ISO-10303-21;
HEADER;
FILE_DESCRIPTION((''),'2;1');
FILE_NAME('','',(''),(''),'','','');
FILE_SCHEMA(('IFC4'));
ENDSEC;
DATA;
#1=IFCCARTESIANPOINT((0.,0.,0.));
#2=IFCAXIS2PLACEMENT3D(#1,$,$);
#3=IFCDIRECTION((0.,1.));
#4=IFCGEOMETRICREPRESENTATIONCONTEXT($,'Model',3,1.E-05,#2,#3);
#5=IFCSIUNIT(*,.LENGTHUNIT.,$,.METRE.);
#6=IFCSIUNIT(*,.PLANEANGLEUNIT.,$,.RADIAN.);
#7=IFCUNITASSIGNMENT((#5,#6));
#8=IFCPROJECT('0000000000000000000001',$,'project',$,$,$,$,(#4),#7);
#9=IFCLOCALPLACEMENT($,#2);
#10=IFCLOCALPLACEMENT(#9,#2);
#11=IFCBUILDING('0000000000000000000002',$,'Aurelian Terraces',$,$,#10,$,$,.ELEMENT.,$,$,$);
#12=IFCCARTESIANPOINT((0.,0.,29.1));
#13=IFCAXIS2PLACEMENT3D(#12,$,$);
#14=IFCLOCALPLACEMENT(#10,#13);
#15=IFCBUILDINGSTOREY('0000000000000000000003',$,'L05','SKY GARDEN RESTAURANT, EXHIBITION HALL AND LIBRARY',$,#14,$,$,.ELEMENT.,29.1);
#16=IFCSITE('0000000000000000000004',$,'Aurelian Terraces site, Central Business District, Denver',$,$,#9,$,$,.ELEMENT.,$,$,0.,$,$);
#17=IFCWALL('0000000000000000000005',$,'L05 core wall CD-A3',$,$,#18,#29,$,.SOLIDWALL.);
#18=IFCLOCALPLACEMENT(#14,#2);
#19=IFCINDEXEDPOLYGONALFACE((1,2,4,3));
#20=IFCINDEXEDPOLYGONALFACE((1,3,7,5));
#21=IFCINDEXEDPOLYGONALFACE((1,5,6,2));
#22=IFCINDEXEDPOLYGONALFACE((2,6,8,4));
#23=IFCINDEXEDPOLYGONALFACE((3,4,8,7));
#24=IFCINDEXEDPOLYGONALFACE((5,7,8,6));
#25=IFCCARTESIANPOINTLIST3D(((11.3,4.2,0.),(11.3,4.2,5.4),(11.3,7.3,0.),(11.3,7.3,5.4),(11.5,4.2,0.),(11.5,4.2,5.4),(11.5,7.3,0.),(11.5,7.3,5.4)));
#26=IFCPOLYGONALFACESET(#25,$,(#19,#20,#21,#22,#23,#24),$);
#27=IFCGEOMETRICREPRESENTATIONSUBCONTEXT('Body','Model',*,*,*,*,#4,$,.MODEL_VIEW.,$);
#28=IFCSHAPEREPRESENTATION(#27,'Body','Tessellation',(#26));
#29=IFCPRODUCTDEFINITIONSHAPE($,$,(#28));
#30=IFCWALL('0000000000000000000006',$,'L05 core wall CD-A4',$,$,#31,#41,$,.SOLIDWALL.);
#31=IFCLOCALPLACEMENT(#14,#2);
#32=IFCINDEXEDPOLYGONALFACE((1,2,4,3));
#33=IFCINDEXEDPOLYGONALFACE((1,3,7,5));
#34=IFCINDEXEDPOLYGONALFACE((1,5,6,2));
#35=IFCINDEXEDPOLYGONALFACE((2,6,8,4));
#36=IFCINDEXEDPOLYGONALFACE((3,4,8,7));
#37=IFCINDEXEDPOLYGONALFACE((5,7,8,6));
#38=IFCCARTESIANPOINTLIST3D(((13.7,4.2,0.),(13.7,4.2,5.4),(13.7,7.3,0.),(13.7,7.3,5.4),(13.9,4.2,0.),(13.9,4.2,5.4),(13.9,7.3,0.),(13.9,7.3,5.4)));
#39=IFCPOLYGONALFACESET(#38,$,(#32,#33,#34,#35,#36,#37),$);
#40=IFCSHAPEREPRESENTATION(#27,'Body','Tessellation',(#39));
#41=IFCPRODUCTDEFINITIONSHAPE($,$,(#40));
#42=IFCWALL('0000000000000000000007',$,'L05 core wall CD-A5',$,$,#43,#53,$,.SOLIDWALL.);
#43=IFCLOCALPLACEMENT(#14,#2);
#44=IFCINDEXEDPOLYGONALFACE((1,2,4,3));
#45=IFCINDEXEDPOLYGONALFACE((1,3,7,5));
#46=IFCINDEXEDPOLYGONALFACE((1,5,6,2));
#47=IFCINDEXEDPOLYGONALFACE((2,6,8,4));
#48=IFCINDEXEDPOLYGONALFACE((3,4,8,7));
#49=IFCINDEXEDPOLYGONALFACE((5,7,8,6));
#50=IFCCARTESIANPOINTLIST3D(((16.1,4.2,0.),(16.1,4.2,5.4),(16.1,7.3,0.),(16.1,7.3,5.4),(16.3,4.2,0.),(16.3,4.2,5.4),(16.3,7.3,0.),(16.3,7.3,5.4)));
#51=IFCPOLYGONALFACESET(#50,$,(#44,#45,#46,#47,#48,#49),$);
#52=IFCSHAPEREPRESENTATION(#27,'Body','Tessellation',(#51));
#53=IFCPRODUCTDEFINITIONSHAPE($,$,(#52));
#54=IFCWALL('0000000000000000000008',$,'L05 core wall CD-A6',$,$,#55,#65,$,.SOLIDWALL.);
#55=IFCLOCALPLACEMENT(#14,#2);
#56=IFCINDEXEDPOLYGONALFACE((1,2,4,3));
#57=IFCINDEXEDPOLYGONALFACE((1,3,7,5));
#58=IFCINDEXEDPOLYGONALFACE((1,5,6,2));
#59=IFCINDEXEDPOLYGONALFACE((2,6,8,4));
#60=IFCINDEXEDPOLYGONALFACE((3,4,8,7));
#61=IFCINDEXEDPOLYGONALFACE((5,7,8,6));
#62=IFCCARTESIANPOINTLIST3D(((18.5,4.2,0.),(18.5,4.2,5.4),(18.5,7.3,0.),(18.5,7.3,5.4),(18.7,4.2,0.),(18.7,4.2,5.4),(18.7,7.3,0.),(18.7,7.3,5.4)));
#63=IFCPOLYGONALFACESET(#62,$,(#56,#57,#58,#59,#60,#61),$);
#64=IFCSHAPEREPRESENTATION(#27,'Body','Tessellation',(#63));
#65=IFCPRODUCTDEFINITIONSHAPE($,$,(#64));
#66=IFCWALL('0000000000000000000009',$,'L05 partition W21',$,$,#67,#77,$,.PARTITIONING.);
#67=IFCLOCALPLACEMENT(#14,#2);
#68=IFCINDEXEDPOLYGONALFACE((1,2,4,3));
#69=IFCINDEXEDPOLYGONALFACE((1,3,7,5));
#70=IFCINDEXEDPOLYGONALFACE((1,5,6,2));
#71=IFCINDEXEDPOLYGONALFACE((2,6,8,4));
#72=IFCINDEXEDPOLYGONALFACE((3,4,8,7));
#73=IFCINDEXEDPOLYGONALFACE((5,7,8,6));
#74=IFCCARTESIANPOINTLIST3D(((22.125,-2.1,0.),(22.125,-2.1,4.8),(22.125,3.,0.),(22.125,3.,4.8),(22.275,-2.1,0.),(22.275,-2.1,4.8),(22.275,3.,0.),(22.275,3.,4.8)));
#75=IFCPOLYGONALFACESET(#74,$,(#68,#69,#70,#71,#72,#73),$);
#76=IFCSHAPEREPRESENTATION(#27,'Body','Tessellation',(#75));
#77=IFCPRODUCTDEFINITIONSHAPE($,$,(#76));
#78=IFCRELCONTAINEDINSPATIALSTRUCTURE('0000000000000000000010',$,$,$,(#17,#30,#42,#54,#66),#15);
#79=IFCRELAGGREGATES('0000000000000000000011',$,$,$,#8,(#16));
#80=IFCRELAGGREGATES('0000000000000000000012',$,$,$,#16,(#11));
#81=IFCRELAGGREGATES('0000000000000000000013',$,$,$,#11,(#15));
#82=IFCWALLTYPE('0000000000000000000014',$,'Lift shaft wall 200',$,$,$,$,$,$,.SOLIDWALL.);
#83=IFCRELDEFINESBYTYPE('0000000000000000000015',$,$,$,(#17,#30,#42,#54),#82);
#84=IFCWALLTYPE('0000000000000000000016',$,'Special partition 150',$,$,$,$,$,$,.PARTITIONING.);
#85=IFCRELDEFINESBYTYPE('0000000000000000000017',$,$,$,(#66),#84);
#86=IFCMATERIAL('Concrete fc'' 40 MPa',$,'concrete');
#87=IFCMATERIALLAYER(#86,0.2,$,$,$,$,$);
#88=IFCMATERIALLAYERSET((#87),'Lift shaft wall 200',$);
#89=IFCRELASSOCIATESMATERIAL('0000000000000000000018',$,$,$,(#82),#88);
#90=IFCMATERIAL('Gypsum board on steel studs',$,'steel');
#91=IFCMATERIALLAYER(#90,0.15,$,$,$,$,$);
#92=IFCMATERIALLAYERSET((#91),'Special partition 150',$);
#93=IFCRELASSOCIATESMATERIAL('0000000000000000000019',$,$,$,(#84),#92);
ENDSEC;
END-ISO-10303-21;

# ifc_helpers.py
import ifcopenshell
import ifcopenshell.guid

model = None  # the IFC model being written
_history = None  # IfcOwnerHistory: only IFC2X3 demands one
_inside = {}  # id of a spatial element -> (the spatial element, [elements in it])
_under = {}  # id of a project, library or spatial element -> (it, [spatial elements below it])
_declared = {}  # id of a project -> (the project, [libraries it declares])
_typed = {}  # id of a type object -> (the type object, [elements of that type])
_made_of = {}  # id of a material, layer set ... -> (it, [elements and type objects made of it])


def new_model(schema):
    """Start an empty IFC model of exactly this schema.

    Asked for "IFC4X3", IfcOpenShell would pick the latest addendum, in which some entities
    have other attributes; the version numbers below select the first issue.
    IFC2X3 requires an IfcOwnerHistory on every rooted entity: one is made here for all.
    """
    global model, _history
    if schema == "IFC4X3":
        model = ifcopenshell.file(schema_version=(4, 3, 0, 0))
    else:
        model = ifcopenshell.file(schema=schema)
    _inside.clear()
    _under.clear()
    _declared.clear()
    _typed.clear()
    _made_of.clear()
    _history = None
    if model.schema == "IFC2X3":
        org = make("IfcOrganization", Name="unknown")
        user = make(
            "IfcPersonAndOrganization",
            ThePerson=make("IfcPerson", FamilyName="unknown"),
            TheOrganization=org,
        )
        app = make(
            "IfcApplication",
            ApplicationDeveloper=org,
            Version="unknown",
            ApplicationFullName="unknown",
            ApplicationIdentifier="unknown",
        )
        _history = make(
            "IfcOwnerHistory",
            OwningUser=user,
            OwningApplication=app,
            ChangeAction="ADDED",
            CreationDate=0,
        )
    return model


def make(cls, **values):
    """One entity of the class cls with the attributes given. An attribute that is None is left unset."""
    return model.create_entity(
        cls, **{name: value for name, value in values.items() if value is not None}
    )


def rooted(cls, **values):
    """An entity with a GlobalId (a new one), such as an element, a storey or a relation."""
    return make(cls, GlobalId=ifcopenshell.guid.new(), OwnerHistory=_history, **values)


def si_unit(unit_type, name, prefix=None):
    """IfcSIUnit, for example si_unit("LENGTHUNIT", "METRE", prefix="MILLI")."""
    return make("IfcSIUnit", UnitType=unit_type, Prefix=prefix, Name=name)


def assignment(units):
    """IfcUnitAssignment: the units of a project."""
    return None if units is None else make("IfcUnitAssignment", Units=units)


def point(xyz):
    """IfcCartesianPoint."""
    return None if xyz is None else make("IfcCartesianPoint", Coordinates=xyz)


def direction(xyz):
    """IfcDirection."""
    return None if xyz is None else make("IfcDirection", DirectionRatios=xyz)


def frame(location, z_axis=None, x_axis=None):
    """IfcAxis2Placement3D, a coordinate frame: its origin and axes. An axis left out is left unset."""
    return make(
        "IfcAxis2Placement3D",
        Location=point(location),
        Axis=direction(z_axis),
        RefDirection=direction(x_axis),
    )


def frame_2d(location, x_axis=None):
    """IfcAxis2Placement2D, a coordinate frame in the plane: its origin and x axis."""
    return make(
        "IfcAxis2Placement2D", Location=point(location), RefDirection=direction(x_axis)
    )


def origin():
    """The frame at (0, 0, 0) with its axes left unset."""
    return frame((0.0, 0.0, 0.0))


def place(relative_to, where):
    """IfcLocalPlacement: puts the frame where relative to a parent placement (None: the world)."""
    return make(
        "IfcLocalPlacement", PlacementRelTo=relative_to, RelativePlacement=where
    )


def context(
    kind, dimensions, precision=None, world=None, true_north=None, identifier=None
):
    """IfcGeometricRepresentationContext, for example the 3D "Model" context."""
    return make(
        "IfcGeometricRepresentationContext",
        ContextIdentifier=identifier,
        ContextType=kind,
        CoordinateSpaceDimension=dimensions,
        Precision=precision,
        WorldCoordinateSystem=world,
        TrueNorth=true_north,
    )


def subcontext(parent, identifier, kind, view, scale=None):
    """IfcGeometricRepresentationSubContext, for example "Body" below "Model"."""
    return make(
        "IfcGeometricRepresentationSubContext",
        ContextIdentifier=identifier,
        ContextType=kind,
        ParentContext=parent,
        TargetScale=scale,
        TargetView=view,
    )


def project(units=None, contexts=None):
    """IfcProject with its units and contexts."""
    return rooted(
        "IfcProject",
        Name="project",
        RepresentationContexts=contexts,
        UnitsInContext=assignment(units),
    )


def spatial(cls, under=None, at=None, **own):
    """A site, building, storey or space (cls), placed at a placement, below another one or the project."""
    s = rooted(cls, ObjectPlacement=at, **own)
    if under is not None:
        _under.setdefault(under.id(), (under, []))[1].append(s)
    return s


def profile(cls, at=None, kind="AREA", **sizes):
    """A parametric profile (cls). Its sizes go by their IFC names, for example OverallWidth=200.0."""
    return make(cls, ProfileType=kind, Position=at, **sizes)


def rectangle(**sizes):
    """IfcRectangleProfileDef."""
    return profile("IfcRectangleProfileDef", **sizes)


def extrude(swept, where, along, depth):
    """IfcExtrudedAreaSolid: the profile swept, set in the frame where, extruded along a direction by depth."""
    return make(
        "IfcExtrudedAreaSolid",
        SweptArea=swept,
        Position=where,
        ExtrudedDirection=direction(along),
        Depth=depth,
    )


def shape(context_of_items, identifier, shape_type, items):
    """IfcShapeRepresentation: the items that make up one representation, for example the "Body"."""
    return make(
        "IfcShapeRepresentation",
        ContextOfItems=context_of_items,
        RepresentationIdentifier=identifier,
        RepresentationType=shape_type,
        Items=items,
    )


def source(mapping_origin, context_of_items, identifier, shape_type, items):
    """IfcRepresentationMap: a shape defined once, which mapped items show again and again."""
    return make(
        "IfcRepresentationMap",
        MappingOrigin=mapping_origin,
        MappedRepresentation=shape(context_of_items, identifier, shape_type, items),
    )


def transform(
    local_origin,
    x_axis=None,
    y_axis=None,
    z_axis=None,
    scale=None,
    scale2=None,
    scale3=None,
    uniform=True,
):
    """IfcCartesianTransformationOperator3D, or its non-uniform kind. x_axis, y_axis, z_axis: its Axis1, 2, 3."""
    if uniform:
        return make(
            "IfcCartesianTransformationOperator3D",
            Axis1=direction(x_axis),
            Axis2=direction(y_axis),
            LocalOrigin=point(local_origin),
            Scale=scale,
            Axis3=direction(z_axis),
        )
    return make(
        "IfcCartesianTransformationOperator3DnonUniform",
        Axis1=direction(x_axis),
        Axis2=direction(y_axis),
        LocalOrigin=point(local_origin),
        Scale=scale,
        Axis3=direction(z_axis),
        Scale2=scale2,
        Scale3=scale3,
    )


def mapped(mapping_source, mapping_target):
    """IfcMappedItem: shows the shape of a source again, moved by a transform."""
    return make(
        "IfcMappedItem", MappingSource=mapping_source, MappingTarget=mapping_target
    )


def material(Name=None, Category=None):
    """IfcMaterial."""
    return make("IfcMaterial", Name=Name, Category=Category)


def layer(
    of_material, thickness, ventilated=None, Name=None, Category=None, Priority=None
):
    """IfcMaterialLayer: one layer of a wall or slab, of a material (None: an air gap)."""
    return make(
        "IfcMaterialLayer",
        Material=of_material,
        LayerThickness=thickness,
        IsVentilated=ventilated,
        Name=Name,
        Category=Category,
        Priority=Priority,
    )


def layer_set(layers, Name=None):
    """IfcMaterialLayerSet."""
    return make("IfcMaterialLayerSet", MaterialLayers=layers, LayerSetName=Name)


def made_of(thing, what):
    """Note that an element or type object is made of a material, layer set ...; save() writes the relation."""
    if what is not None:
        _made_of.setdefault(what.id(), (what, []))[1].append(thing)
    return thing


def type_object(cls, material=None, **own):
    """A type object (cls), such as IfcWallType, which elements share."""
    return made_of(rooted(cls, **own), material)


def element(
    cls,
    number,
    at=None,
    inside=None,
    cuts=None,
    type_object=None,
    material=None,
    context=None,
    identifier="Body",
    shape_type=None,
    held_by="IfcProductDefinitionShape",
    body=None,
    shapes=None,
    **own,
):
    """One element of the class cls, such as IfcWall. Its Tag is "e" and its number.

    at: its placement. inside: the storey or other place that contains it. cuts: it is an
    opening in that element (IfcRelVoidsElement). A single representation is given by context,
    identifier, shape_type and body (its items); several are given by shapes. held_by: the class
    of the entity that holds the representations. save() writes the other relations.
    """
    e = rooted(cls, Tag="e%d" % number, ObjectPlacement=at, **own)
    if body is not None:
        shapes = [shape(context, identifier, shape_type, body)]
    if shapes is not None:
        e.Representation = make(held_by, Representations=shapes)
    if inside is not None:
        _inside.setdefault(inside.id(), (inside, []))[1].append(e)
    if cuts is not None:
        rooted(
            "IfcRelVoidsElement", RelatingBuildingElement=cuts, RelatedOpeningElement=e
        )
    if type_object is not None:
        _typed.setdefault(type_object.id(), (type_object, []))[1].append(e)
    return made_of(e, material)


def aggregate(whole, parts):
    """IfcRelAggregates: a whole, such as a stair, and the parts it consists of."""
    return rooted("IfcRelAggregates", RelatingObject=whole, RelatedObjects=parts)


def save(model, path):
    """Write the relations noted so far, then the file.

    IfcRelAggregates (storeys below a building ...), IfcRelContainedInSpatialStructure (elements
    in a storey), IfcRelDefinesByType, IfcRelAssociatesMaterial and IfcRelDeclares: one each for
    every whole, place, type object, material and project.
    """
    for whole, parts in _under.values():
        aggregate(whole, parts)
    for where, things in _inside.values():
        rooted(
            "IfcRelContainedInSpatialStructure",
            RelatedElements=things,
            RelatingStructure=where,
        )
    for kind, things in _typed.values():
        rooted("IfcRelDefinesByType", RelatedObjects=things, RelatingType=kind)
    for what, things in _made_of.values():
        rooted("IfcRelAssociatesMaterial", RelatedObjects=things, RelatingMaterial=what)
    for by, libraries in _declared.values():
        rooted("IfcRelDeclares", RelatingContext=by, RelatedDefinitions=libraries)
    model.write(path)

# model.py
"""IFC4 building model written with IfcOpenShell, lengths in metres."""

from ifc_helpers import new_model, si_unit, direction, frame, frame_2d, origin, place, context, subcontext, project, spatial, rectangle, extrude, source, transform, mapped, material, layer, layer_set, type_object, element, save


model = new_model("IFC4")

# Units and contexts
model_context = context("Model", 3, precision=1e-05, world=origin(), true_north=direction((0.0, 1.0)))
body_context = subcontext(model_context, "Body", "Model", "MODEL_VIEW")
ifc_project = project(units=[si_unit("LENGTHUNIT", "METRE"), si_unit("PLANEANGLEUNIT", "RADIAN")], contexts=[model_context])

# Site, building, storey
site_placement = place(None, origin())
site = spatial("IfcSite", under=ifc_project, at=site_placement, Name="Aurelian Terraces site, Central Business District, Denver", CompositionType="ELEMENT", RefElevation=0.0)
building_placement = place(site_placement, origin())
building = spatial("IfcBuilding", under=site, at=building_placement, Name="Aurelian Terraces", CompositionType="ELEMENT")
storey_placement = place(building_placement, frame((0.0, 0.0, 29.1)))
storey = spatial("IfcBuildingStorey", under=building, at=storey_placement, Name="L05", Description="SKY GARDEN RESTAURANT, EXHIBITION HALL AND LIBRARY", CompositionType="ELEMENT", Elevation=29.1)

# Walls
ifc_material_1 = material(Name="Concrete fc' 40 MPa", Category="concrete")
ifc_layer_1 = layer(ifc_material_1, 0.2)
ifc_layer_set_1 = layer_set([ifc_layer_1], Name="Lift shaft wall 200")
wall_type_1 = type_object("IfcWallType", Name="Lift shaft wall 200", PredefinedType="SOLIDWALL", material=ifc_layer_set_1)
shared_shape_1 = source(origin(), body_context, "Body", "SweptSolid", [
    extrude(rectangle(XDim=3.1, YDim=0.2, at=frame_2d((1.55, 0.0))), origin(), (0.0, 0.0, 1.0), 5.4),
])
for number, where, z_axis, x_axis, name in (
    (1, (11.4, 4.2, 0.0), (0.0, 0.0, 1.0), (0.0, 1.0, 0.0), "L05 core wall CD-A3"),
    (2, (13.8, 4.2, 0.0), (0.0, 0.0, 1.0), (0.0, 1.0, 0.0), "L05 core wall CD-A4"),
    (3, (16.2, 4.2, 0.0), (0.0, 0.0, 1.0), (0.0, 1.0, 0.0), "L05 core wall CD-A5"),
    (4, (18.6, 4.2, 0.0), (0.0, 0.0, 1.0), (0.0, 1.0, 0.0), "L05 core wall CD-A6"),
):
    element("IfcWall", number, at=place(storey_placement, frame(where, z_axis=z_axis, x_axis=x_axis)), inside=storey, type_object=wall_type_1, Name=name, PredefinedType="SOLIDWALL", context=body_context, shape_type="MappedRepresentation", body=[
        mapped(shared_shape_1, transform((0.0, 0.0, 0.0), scale=1.0)),
    ])
ifc_material_2 = material(Name="Gypsum board on steel studs", Category="steel")
ifc_layer_2 = layer(ifc_material_2, 0.15)
ifc_layer_set_2 = layer_set([ifc_layer_2], Name="Special partition 150")
wall_type_2 = type_object("IfcWallType", Name="Special partition 150", PredefinedType="PARTITIONING", material=ifc_layer_set_2)
shared_shape_2 = source(origin(), body_context, "Body", "SweptSolid", [
    extrude(rectangle(XDim=5.1, YDim=0.15, at=frame_2d((2.55, 0.0))), origin(), (0.0, 0.0, 1.0), 4.8),
])
wall_1_placement = place(storey_placement, frame((22.2, -2.1, 0.0), z_axis=(0.0, 0.0, 1.0), x_axis=(0.0, 1.0, 0.0)))
element("IfcWall", 5, at=wall_1_placement, inside=storey, type_object=wall_type_2, Name="L05 partition W21", PredefinedType="PARTITIONING", context=body_context, shape_type="MappedRepresentation", body=[
    mapped(shared_shape_2, transform((0.0, 0.0, 0.0), scale=1.0)),
])

save(model, "model.ifc")
